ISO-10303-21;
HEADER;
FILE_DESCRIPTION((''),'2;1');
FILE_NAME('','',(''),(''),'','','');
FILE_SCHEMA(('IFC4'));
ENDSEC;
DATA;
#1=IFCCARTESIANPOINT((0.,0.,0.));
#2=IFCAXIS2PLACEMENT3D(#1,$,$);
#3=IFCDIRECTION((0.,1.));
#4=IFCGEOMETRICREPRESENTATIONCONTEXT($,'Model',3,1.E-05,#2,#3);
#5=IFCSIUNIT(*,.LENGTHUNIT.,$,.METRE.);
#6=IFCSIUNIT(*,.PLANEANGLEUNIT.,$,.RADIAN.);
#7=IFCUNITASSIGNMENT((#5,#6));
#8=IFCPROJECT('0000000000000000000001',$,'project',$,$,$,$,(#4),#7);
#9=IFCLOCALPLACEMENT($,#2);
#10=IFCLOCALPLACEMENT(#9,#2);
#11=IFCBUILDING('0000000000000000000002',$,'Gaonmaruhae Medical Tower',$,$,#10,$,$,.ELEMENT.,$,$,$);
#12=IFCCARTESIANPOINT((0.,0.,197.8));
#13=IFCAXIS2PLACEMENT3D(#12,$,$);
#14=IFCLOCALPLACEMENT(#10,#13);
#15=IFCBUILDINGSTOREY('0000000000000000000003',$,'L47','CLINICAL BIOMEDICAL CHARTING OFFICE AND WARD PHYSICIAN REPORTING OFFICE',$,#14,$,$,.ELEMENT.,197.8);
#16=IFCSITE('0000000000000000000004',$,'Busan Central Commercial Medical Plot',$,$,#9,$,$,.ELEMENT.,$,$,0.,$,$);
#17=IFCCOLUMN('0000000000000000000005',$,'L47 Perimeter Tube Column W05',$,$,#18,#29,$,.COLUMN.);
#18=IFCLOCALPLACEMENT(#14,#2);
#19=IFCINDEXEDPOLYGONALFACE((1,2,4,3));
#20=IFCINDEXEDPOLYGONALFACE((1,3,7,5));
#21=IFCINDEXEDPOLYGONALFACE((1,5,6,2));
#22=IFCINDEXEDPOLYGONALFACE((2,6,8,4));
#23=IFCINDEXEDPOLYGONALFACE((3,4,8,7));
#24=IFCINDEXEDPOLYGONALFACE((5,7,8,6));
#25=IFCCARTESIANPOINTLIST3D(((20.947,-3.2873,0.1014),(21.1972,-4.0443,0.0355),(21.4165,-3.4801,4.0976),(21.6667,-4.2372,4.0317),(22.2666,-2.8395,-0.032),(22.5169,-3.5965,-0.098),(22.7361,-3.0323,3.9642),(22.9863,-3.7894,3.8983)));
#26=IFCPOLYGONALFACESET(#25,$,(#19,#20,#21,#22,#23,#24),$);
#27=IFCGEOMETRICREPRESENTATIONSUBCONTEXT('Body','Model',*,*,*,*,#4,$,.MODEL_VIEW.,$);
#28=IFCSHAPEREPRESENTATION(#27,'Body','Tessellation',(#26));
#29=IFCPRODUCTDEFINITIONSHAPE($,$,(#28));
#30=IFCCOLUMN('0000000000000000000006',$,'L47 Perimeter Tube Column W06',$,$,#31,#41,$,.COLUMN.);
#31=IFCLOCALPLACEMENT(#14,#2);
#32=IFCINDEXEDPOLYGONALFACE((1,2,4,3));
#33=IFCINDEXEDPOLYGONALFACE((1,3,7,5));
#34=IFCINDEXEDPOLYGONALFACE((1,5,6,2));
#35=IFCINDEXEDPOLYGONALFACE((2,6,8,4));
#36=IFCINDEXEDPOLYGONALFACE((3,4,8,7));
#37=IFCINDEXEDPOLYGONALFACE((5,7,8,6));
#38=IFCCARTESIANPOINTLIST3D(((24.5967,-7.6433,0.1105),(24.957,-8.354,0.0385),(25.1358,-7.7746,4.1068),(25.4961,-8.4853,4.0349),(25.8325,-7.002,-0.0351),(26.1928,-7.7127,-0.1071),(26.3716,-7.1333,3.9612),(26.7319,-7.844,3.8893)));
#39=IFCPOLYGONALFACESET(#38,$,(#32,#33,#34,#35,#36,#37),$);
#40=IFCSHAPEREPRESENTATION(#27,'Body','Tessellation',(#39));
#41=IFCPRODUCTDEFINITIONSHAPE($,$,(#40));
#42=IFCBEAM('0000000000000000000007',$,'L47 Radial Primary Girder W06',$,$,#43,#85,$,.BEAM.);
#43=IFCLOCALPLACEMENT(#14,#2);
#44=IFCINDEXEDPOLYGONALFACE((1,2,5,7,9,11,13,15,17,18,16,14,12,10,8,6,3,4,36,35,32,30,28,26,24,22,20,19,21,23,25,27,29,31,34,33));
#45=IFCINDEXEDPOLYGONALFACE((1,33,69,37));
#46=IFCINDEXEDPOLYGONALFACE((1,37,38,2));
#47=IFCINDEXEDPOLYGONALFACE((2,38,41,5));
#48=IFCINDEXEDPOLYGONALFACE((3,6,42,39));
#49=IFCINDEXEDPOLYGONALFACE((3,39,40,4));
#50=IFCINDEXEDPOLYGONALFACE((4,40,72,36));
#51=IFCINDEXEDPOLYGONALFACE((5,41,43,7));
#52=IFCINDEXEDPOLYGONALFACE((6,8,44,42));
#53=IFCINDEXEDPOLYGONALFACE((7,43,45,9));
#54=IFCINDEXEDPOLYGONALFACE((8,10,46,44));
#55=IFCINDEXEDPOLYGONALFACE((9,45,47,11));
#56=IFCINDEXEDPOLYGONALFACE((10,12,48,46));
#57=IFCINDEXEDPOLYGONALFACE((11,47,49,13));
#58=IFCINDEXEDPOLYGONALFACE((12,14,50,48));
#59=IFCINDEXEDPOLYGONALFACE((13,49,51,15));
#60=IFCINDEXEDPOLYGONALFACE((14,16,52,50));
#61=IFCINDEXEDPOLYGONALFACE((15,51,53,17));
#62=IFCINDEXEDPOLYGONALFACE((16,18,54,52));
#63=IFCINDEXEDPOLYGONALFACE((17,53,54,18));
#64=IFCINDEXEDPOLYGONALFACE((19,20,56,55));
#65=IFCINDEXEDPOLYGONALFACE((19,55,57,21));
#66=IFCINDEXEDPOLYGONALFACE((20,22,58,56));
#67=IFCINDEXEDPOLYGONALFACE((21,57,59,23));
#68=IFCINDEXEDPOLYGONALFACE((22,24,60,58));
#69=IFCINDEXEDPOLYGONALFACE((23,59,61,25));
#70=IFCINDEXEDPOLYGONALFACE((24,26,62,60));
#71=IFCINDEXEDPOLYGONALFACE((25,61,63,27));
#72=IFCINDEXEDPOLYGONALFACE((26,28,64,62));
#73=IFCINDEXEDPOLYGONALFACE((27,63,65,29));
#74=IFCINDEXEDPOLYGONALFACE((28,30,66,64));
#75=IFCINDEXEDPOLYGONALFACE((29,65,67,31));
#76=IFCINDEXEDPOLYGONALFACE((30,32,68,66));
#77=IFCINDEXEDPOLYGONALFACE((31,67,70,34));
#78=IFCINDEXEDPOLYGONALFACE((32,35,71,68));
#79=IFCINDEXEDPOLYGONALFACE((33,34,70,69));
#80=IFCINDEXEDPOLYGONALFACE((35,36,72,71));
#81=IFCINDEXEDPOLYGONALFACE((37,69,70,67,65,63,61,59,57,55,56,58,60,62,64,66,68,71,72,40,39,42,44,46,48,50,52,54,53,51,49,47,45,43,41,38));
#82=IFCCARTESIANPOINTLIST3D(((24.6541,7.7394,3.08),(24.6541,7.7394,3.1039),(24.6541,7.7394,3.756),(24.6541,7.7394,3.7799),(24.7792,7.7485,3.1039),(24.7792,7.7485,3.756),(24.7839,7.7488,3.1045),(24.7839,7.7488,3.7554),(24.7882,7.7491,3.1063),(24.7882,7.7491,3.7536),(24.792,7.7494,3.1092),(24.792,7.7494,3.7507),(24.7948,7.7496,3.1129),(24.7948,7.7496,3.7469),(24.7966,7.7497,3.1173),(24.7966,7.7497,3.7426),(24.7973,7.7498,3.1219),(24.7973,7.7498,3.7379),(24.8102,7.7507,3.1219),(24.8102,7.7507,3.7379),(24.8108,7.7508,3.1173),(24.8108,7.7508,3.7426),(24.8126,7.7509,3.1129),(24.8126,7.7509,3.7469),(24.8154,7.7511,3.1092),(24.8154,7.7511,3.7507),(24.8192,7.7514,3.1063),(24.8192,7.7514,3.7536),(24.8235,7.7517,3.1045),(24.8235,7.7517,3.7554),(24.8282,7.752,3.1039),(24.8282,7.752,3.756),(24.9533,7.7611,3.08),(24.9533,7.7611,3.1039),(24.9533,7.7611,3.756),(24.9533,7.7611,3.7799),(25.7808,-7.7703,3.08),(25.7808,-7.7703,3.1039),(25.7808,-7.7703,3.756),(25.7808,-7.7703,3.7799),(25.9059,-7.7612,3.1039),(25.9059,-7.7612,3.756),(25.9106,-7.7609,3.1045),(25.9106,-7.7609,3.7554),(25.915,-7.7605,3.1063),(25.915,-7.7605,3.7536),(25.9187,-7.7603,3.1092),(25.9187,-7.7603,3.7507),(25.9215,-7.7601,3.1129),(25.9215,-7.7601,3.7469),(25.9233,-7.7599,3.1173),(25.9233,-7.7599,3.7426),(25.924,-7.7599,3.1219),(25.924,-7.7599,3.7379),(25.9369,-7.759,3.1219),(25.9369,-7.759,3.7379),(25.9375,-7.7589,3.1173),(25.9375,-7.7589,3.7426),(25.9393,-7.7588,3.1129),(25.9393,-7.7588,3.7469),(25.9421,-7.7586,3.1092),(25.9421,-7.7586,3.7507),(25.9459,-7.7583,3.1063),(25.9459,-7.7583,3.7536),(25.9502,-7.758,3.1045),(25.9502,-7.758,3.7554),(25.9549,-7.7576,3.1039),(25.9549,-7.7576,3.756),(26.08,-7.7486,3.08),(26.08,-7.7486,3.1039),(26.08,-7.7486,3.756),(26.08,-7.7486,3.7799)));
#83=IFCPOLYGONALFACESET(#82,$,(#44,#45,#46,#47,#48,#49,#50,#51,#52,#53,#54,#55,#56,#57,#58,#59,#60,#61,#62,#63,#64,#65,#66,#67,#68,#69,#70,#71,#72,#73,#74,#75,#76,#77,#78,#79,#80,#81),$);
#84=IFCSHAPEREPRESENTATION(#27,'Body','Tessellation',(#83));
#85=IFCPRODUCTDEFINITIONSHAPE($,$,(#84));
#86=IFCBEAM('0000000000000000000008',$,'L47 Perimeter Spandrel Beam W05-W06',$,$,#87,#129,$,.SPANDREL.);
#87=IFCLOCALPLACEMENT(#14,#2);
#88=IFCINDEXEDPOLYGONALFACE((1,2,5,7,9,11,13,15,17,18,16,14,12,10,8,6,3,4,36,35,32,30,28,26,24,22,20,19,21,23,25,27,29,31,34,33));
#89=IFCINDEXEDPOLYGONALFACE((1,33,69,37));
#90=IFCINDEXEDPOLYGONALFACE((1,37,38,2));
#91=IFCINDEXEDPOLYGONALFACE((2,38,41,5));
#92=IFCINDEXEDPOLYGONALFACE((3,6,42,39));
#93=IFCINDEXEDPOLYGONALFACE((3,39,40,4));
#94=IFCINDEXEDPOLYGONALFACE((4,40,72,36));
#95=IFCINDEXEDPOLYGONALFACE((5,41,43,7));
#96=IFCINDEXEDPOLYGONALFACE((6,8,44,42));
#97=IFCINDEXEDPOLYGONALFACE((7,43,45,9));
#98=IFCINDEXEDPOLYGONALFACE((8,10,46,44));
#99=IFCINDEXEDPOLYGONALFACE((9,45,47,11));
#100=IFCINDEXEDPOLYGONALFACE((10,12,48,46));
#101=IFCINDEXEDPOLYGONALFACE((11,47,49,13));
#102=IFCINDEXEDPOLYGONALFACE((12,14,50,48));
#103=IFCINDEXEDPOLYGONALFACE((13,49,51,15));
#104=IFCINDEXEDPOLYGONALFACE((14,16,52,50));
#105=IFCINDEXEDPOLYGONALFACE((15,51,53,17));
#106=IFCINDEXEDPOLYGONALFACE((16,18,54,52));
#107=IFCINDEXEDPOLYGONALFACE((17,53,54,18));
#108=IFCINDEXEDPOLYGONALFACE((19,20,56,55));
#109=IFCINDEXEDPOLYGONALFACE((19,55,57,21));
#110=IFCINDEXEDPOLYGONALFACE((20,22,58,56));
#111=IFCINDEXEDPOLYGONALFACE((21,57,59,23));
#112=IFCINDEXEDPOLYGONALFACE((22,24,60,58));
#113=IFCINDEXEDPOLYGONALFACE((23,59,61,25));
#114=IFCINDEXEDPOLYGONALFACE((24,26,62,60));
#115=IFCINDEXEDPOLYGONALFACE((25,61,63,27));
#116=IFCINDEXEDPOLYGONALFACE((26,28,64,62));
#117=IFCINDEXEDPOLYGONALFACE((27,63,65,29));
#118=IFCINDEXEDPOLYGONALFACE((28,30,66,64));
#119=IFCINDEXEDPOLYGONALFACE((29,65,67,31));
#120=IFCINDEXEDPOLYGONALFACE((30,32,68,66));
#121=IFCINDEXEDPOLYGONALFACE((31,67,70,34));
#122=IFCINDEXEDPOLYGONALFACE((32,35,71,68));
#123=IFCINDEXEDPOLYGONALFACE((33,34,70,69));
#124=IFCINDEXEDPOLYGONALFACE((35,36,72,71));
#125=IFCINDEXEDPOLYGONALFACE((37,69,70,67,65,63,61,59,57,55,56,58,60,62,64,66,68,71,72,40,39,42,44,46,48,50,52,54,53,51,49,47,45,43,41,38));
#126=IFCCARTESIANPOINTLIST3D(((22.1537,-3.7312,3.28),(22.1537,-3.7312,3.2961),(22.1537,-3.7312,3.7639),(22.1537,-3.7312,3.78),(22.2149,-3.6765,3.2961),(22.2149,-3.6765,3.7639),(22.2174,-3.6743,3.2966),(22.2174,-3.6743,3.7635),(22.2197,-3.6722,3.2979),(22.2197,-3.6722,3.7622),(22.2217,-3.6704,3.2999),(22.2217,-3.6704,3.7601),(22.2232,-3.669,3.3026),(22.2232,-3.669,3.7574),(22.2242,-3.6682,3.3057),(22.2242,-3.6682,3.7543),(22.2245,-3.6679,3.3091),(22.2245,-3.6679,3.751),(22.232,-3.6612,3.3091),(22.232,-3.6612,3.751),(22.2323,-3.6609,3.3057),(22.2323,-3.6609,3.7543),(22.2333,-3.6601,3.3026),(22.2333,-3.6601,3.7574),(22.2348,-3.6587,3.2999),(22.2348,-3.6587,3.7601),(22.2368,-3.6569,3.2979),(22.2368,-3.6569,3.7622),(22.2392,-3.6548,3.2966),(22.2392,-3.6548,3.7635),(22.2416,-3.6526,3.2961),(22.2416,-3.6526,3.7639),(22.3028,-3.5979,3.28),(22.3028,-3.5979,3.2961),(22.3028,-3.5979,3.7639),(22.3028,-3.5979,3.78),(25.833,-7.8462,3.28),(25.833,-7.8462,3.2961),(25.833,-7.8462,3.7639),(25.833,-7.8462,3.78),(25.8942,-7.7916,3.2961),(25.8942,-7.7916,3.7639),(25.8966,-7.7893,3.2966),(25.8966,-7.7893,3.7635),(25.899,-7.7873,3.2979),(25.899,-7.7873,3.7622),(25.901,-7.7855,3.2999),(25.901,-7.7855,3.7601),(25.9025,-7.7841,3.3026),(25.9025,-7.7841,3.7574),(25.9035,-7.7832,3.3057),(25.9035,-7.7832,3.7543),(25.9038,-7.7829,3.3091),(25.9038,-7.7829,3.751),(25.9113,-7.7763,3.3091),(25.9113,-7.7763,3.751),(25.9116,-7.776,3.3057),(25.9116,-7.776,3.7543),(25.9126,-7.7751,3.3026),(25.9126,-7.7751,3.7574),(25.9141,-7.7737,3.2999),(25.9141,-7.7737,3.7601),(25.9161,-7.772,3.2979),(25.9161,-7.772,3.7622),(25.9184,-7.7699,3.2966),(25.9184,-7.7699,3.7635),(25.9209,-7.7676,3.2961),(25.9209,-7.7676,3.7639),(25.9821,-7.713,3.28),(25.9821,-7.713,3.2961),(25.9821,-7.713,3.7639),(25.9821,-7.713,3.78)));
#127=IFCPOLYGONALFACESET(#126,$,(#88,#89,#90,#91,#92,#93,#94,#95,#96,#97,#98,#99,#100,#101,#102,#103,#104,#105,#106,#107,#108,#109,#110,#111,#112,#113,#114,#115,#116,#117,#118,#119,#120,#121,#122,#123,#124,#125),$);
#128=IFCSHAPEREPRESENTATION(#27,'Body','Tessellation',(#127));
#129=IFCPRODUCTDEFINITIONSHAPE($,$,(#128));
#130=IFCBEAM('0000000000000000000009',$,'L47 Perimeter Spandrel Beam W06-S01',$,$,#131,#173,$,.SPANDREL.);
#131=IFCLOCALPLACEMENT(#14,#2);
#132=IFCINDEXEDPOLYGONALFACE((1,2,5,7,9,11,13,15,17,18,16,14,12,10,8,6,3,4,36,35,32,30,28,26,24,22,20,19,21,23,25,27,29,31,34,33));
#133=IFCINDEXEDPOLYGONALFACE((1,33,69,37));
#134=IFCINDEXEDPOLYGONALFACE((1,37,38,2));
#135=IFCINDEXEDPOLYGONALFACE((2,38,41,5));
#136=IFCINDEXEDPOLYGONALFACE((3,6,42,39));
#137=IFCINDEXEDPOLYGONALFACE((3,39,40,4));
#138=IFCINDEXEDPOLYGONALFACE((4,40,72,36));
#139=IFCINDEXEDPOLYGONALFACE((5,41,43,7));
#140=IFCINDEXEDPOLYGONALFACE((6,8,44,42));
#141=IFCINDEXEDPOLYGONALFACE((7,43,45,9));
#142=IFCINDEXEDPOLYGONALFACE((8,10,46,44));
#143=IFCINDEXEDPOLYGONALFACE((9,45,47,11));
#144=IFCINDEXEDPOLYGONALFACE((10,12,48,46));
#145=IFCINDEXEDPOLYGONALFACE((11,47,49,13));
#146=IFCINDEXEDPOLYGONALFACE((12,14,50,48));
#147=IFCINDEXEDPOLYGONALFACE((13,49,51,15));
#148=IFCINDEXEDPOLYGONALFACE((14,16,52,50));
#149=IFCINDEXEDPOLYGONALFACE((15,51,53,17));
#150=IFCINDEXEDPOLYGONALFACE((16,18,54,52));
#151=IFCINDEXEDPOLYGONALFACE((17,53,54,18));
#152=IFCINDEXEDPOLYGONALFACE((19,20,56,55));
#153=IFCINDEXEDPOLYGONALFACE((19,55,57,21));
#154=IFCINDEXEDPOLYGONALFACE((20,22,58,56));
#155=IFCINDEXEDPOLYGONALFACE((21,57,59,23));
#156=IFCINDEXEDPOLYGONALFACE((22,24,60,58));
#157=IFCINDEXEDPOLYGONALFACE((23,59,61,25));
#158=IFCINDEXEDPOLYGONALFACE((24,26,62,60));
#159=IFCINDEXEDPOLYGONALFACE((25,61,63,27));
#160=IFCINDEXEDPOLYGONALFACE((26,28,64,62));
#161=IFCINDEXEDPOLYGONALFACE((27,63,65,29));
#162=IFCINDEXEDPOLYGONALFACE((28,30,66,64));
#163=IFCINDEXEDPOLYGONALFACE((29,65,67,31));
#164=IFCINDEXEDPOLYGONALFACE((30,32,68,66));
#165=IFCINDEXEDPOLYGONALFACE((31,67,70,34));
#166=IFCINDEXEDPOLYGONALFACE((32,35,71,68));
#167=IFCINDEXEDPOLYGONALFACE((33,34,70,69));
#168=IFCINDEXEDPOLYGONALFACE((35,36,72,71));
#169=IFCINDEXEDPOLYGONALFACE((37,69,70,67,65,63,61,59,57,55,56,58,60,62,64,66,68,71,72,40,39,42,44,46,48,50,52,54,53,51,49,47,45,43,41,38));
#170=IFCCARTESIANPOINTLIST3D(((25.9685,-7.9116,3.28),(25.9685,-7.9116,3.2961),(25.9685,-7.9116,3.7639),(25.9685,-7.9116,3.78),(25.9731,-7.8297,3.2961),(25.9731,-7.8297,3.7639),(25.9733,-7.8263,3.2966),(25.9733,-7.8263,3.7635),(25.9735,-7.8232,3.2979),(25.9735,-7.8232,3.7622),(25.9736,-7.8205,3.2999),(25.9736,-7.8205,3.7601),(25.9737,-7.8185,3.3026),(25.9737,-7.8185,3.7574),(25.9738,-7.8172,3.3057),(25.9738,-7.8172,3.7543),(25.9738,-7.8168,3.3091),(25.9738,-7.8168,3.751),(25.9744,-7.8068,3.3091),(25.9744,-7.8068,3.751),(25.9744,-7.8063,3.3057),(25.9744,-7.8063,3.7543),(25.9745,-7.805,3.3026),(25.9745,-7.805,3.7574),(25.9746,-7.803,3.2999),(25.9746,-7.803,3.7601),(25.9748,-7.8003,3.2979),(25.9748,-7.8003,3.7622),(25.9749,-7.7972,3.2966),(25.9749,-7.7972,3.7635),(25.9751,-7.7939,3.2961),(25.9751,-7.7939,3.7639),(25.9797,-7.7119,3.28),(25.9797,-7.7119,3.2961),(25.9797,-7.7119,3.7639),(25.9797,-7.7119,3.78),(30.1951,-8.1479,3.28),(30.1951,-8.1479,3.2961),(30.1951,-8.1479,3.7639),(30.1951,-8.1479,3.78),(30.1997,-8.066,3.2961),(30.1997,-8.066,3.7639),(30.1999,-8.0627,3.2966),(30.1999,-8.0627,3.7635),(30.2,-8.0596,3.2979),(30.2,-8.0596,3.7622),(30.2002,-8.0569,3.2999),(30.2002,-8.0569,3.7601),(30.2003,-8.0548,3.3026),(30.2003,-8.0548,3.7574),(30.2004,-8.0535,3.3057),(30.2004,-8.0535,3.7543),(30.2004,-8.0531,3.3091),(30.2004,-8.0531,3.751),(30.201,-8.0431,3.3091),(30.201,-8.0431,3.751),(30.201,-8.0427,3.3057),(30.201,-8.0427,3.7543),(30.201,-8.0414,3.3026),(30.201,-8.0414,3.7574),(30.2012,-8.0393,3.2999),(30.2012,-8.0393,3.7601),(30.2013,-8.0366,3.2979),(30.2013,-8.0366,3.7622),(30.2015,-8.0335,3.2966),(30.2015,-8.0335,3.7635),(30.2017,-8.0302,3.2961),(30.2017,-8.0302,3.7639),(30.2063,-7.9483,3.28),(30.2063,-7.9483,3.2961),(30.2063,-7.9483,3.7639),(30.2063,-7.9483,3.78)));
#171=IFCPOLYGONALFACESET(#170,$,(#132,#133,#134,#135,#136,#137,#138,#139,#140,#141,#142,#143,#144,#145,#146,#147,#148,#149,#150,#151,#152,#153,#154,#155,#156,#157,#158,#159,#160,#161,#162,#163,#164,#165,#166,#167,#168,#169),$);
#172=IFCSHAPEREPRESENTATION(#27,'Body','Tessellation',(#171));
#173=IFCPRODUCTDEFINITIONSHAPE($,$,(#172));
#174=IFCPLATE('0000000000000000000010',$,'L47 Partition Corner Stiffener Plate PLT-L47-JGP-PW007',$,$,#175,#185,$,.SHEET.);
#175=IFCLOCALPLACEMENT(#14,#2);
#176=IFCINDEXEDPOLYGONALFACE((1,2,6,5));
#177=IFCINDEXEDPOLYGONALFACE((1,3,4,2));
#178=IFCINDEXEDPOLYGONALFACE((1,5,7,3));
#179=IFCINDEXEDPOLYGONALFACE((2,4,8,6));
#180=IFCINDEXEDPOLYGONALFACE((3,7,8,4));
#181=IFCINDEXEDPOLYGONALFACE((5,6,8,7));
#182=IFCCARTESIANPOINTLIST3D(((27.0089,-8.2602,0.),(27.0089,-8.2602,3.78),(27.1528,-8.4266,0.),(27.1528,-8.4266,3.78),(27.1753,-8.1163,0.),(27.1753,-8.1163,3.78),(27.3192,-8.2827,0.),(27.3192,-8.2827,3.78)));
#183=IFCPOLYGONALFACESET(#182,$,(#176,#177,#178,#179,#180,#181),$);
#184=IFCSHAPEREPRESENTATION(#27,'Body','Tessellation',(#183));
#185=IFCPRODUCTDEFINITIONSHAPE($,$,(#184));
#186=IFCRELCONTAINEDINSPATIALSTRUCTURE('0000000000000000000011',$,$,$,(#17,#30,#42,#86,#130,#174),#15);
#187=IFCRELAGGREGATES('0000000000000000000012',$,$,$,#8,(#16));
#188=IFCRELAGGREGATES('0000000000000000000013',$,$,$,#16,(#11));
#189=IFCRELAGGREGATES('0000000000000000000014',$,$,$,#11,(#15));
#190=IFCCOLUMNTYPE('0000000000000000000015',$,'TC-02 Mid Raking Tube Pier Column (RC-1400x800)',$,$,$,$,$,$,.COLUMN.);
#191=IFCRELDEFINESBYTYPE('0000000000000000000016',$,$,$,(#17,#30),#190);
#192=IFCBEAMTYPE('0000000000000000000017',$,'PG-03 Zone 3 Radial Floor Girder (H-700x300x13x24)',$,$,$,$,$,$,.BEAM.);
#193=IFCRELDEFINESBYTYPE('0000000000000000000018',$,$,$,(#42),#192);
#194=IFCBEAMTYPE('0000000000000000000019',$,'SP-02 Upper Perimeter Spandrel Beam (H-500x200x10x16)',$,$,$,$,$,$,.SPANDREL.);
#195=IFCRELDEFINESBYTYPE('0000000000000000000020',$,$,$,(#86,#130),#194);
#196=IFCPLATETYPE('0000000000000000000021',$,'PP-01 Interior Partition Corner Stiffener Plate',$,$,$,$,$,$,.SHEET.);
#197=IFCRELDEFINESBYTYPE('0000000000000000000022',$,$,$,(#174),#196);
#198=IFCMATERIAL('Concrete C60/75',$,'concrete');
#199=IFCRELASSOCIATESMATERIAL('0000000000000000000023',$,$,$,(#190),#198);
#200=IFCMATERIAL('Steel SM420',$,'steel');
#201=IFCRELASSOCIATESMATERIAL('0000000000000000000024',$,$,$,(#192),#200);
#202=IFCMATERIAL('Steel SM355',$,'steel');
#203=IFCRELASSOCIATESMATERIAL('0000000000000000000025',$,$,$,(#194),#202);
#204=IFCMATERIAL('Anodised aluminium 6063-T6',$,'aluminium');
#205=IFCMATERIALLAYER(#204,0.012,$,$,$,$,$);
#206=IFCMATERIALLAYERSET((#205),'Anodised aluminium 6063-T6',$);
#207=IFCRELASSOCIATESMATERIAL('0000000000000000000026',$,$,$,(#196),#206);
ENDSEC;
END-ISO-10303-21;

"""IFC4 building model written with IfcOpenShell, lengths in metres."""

from ifc_helpers import new_model, si_unit, direction, frame, origin, origin_2d, place, context, subcontext, project, spatial, rectangle, i_section, extrude, material, layer, layer_set, material_profile, profile_set, type_object, element, save


model = new_model("IFC4")

# Units and contexts
model_context = context("Model", 3, precision=1e-05, world=origin(), true_north=direction((0.0, 1.0)))
body_context = subcontext(model_context, "Body", "Model", "MODEL_VIEW")
ifc_project = project(units=[si_unit("LENGTHUNIT", "METRE"), si_unit("PLANEANGLEUNIT", "RADIAN")], contexts=[model_context])

# Site, building, storey
site_placement = place(None, origin())
site = spatial("IfcSite", under=ifc_project, at=site_placement, Name="Busan Central Commercial Medical Plot", CompositionType="ELEMENT", RefElevation=0.0)
building_placement = place(site_placement, origin())
building = spatial("IfcBuilding", under=site, at=building_placement, Name="Gaonmaruhae Medical Tower", CompositionType="ELEMENT")
storey_placement = place(building_placement, frame((0.0, 0.0, 197.8)))
storey = spatial("IfcBuildingStorey", under=building, at=storey_placement, Name="L47", Description="CLINICAL BIOMEDICAL CHARTING OFFICE AND WARD PHYSICIAN REPORTING OFFICE", CompositionType="ELEMENT", Elevation=197.8)

# Columns
ifc_material_1 = material(Name="Concrete C60/75", Category="concrete")
ifc_material_profile_1 = material_profile(ifc_material_1, rectangle(XDim=1.3999, YDim=0.8, at=origin_2d()), Name="RC-1400x800")
ifc_profile_set_1 = profile_set([ifc_material_profile_1], Name="Concrete C60/75")
column_type = type_object("IfcColumnType", Name="TC-02 Mid Raking Tube Pier Column (RC-1400x800)", PredefinedType="COLUMN", material=ifc_profile_set_1)
column_1_placement = place(storey_placement, frame((21.7319, -3.4419, 0.0017), z_axis=(0.116542, -0.047877, 0.992031), x_axis=(-0.942657, -0.319866, 0.095304)))
element("IfcColumn", 1, at=column_1_placement, inside=storey, type_object=column_type, Name="L47 Perimeter Tube Column W05", PredefinedType="COLUMN", context=body_context, shape_type="SweptSolid", body=[
    extrude(rectangle(XDim=1.3999, YDim=0.8, at=origin_2d()), origin(), (0.0, 0.0, 1.0), 4.0283),
])
column_2_placement = place(storey_placement, frame((25.3948, -7.678, 0.0017), z_axis=(0.133608, -0.032555, 0.990499), x_axis=(-0.882784, -0.458119, 0.104021)))
element("IfcColumn", 2, at=column_2_placement, inside=storey, type_object=column_type, Name="L47 Perimeter Tube Column W06", PredefinedType="COLUMN", context=body_context, shape_type="SweptSolid", body=[
    extrude(rectangle(XDim=1.3999, YDim=0.8, at=origin_2d()), origin(), (0.0, 0.0, 1.0), 4.0347),
])

# Beams
ifc_material_2 = material(Name="Steel SM420", Category="steel")
ifc_material_profile_2 = material_profile(ifc_material_2, i_section(OverallWidth=0.3, OverallDepth=0.7, WebThickness=0.0129, FlangeThickness=0.0239, FilletRadius=0.0181, at=origin_2d()), Name="H-700x300x13x24")
ifc_profile_set_2 = profile_set([ifc_material_profile_2], Name="Steel SM420")
beam_type_1 = type_object("IfcBeamType", Name="PG-03 Zone 3 Radial Floor Girder (H-700x300x13x24)", PredefinedType="BEAM", material=ifc_profile_set_2)
beam_1_placement = place(storey_placement, frame((24.8037, 7.7502, 3.4299), z_axis=(0.072454, -0.997372, 0.0), x_axis=(0.997372, 0.072454, 0.0)))
element("IfcBeam", 3, at=beam_1_placement, inside=storey, type_object=beam_type_1, Name="L47 Radial Primary Girder W06", PredefinedType="BEAM", context=body_context, shape_type="SweptSolid", body=[
    extrude(i_section(OverallWidth=0.3, OverallDepth=0.7, WebThickness=0.0129, FlangeThickness=0.0239, FilletRadius=0.0181, at=origin_2d()), origin(), (0.0, 0.0, 1.0), 15.5505),
])
ifc_material_3 = material(Name="Steel SM355", Category="steel")
ifc_material_profile_3 = material_profile(ifc_material_3, i_section(OverallWidth=0.2, OverallDepth=0.5, WebThickness=0.01, FlangeThickness=0.0161, FilletRadius=0.0129, at=origin_2d()), Name="H-500x200x10x16")
ifc_profile_set_3 = profile_set([ifc_material_profile_3], Name="Steel SM355")
beam_type_2 = type_object("IfcBeamType", Name="SP-02 Upper Perimeter Spandrel Beam (H-500x200x10x16)", PredefinedType="SPANDREL", material=ifc_profile_set_3)
beam_2_placement = place(storey_placement, frame((22.2283, -3.6646, 3.53), z_axis=(0.66653, -0.745478, 0.0), x_axis=(0.745478, 0.66653, 0.0)))
element("IfcBeam", 4, at=beam_2_placement, inside=storey, type_object=beam_type_2, Name="L47 Perimeter Spandrel Beam W05-W06", PredefinedType="SPANDREL", context=body_context, shape_type="SweptSolid", body=[
    extrude(i_section(OverallWidth=0.2, OverallDepth=0.5, WebThickness=0.01, FlangeThickness=0.0161, FilletRadius=0.0129, at=origin_2d()), origin(), (0.0, 0.0, 1.0), 5.52),
])
beam_3_placement = place(storey_placement, frame((25.9741, -7.8118, 3.53), z_axis=(0.99844, -0.055828, 0.0), x_axis=(0.055828, 0.99844, 0.0)))
element("IfcBeam", 5, at=beam_3_placement, inside=storey, type_object=beam_type_2, Name="L47 Perimeter Spandrel Beam W06-S01", PredefinedType="SPANDREL", context=body_context, shape_type="SweptSolid", body=[
    extrude(i_section(OverallWidth=0.2, OverallDepth=0.5, WebThickness=0.01, FlangeThickness=0.0161, FilletRadius=0.0129, at=origin_2d()), origin(), (0.0, 0.0, 1.0), 4.2332),
])

# Plate
ifc_material_4 = material(Name="Anodised aluminium 6063-T6", Category="aluminium")
ifc_layer_1 = layer(ifc_material_4, 0.012)
ifc_layer_set_1 = layer_set([ifc_layer_1], Name="Anodised aluminium 6063-T6")
plate_type = type_object("IfcPlateType", Name="PP-01 Interior Partition Corner Stiffener Plate", PredefinedType="SHEET", material=ifc_layer_set_1)
plate_1_placement = place(storey_placement, frame((27.1641, -8.2715, 0.0), z_axis=(0.0, 0.0, 1.0), x_axis=(-0.654121, 0.75639, 0.0)))
element("IfcPlate", 6, at=plate_1_placement, inside=storey, type_object=plate_type, Name="L47 Partition Corner Stiffener Plate PLT-L47-JGP-PW007", PredefinedType="SHEET", context=body_context, shape_type="SweptSolid", body=[
    extrude(rectangle(XDim=0.22, YDim=0.22, at=origin_2d()), origin(), (0.0, 0.0, 1.0), 3.78),
])

save(model, "model.ifc")
